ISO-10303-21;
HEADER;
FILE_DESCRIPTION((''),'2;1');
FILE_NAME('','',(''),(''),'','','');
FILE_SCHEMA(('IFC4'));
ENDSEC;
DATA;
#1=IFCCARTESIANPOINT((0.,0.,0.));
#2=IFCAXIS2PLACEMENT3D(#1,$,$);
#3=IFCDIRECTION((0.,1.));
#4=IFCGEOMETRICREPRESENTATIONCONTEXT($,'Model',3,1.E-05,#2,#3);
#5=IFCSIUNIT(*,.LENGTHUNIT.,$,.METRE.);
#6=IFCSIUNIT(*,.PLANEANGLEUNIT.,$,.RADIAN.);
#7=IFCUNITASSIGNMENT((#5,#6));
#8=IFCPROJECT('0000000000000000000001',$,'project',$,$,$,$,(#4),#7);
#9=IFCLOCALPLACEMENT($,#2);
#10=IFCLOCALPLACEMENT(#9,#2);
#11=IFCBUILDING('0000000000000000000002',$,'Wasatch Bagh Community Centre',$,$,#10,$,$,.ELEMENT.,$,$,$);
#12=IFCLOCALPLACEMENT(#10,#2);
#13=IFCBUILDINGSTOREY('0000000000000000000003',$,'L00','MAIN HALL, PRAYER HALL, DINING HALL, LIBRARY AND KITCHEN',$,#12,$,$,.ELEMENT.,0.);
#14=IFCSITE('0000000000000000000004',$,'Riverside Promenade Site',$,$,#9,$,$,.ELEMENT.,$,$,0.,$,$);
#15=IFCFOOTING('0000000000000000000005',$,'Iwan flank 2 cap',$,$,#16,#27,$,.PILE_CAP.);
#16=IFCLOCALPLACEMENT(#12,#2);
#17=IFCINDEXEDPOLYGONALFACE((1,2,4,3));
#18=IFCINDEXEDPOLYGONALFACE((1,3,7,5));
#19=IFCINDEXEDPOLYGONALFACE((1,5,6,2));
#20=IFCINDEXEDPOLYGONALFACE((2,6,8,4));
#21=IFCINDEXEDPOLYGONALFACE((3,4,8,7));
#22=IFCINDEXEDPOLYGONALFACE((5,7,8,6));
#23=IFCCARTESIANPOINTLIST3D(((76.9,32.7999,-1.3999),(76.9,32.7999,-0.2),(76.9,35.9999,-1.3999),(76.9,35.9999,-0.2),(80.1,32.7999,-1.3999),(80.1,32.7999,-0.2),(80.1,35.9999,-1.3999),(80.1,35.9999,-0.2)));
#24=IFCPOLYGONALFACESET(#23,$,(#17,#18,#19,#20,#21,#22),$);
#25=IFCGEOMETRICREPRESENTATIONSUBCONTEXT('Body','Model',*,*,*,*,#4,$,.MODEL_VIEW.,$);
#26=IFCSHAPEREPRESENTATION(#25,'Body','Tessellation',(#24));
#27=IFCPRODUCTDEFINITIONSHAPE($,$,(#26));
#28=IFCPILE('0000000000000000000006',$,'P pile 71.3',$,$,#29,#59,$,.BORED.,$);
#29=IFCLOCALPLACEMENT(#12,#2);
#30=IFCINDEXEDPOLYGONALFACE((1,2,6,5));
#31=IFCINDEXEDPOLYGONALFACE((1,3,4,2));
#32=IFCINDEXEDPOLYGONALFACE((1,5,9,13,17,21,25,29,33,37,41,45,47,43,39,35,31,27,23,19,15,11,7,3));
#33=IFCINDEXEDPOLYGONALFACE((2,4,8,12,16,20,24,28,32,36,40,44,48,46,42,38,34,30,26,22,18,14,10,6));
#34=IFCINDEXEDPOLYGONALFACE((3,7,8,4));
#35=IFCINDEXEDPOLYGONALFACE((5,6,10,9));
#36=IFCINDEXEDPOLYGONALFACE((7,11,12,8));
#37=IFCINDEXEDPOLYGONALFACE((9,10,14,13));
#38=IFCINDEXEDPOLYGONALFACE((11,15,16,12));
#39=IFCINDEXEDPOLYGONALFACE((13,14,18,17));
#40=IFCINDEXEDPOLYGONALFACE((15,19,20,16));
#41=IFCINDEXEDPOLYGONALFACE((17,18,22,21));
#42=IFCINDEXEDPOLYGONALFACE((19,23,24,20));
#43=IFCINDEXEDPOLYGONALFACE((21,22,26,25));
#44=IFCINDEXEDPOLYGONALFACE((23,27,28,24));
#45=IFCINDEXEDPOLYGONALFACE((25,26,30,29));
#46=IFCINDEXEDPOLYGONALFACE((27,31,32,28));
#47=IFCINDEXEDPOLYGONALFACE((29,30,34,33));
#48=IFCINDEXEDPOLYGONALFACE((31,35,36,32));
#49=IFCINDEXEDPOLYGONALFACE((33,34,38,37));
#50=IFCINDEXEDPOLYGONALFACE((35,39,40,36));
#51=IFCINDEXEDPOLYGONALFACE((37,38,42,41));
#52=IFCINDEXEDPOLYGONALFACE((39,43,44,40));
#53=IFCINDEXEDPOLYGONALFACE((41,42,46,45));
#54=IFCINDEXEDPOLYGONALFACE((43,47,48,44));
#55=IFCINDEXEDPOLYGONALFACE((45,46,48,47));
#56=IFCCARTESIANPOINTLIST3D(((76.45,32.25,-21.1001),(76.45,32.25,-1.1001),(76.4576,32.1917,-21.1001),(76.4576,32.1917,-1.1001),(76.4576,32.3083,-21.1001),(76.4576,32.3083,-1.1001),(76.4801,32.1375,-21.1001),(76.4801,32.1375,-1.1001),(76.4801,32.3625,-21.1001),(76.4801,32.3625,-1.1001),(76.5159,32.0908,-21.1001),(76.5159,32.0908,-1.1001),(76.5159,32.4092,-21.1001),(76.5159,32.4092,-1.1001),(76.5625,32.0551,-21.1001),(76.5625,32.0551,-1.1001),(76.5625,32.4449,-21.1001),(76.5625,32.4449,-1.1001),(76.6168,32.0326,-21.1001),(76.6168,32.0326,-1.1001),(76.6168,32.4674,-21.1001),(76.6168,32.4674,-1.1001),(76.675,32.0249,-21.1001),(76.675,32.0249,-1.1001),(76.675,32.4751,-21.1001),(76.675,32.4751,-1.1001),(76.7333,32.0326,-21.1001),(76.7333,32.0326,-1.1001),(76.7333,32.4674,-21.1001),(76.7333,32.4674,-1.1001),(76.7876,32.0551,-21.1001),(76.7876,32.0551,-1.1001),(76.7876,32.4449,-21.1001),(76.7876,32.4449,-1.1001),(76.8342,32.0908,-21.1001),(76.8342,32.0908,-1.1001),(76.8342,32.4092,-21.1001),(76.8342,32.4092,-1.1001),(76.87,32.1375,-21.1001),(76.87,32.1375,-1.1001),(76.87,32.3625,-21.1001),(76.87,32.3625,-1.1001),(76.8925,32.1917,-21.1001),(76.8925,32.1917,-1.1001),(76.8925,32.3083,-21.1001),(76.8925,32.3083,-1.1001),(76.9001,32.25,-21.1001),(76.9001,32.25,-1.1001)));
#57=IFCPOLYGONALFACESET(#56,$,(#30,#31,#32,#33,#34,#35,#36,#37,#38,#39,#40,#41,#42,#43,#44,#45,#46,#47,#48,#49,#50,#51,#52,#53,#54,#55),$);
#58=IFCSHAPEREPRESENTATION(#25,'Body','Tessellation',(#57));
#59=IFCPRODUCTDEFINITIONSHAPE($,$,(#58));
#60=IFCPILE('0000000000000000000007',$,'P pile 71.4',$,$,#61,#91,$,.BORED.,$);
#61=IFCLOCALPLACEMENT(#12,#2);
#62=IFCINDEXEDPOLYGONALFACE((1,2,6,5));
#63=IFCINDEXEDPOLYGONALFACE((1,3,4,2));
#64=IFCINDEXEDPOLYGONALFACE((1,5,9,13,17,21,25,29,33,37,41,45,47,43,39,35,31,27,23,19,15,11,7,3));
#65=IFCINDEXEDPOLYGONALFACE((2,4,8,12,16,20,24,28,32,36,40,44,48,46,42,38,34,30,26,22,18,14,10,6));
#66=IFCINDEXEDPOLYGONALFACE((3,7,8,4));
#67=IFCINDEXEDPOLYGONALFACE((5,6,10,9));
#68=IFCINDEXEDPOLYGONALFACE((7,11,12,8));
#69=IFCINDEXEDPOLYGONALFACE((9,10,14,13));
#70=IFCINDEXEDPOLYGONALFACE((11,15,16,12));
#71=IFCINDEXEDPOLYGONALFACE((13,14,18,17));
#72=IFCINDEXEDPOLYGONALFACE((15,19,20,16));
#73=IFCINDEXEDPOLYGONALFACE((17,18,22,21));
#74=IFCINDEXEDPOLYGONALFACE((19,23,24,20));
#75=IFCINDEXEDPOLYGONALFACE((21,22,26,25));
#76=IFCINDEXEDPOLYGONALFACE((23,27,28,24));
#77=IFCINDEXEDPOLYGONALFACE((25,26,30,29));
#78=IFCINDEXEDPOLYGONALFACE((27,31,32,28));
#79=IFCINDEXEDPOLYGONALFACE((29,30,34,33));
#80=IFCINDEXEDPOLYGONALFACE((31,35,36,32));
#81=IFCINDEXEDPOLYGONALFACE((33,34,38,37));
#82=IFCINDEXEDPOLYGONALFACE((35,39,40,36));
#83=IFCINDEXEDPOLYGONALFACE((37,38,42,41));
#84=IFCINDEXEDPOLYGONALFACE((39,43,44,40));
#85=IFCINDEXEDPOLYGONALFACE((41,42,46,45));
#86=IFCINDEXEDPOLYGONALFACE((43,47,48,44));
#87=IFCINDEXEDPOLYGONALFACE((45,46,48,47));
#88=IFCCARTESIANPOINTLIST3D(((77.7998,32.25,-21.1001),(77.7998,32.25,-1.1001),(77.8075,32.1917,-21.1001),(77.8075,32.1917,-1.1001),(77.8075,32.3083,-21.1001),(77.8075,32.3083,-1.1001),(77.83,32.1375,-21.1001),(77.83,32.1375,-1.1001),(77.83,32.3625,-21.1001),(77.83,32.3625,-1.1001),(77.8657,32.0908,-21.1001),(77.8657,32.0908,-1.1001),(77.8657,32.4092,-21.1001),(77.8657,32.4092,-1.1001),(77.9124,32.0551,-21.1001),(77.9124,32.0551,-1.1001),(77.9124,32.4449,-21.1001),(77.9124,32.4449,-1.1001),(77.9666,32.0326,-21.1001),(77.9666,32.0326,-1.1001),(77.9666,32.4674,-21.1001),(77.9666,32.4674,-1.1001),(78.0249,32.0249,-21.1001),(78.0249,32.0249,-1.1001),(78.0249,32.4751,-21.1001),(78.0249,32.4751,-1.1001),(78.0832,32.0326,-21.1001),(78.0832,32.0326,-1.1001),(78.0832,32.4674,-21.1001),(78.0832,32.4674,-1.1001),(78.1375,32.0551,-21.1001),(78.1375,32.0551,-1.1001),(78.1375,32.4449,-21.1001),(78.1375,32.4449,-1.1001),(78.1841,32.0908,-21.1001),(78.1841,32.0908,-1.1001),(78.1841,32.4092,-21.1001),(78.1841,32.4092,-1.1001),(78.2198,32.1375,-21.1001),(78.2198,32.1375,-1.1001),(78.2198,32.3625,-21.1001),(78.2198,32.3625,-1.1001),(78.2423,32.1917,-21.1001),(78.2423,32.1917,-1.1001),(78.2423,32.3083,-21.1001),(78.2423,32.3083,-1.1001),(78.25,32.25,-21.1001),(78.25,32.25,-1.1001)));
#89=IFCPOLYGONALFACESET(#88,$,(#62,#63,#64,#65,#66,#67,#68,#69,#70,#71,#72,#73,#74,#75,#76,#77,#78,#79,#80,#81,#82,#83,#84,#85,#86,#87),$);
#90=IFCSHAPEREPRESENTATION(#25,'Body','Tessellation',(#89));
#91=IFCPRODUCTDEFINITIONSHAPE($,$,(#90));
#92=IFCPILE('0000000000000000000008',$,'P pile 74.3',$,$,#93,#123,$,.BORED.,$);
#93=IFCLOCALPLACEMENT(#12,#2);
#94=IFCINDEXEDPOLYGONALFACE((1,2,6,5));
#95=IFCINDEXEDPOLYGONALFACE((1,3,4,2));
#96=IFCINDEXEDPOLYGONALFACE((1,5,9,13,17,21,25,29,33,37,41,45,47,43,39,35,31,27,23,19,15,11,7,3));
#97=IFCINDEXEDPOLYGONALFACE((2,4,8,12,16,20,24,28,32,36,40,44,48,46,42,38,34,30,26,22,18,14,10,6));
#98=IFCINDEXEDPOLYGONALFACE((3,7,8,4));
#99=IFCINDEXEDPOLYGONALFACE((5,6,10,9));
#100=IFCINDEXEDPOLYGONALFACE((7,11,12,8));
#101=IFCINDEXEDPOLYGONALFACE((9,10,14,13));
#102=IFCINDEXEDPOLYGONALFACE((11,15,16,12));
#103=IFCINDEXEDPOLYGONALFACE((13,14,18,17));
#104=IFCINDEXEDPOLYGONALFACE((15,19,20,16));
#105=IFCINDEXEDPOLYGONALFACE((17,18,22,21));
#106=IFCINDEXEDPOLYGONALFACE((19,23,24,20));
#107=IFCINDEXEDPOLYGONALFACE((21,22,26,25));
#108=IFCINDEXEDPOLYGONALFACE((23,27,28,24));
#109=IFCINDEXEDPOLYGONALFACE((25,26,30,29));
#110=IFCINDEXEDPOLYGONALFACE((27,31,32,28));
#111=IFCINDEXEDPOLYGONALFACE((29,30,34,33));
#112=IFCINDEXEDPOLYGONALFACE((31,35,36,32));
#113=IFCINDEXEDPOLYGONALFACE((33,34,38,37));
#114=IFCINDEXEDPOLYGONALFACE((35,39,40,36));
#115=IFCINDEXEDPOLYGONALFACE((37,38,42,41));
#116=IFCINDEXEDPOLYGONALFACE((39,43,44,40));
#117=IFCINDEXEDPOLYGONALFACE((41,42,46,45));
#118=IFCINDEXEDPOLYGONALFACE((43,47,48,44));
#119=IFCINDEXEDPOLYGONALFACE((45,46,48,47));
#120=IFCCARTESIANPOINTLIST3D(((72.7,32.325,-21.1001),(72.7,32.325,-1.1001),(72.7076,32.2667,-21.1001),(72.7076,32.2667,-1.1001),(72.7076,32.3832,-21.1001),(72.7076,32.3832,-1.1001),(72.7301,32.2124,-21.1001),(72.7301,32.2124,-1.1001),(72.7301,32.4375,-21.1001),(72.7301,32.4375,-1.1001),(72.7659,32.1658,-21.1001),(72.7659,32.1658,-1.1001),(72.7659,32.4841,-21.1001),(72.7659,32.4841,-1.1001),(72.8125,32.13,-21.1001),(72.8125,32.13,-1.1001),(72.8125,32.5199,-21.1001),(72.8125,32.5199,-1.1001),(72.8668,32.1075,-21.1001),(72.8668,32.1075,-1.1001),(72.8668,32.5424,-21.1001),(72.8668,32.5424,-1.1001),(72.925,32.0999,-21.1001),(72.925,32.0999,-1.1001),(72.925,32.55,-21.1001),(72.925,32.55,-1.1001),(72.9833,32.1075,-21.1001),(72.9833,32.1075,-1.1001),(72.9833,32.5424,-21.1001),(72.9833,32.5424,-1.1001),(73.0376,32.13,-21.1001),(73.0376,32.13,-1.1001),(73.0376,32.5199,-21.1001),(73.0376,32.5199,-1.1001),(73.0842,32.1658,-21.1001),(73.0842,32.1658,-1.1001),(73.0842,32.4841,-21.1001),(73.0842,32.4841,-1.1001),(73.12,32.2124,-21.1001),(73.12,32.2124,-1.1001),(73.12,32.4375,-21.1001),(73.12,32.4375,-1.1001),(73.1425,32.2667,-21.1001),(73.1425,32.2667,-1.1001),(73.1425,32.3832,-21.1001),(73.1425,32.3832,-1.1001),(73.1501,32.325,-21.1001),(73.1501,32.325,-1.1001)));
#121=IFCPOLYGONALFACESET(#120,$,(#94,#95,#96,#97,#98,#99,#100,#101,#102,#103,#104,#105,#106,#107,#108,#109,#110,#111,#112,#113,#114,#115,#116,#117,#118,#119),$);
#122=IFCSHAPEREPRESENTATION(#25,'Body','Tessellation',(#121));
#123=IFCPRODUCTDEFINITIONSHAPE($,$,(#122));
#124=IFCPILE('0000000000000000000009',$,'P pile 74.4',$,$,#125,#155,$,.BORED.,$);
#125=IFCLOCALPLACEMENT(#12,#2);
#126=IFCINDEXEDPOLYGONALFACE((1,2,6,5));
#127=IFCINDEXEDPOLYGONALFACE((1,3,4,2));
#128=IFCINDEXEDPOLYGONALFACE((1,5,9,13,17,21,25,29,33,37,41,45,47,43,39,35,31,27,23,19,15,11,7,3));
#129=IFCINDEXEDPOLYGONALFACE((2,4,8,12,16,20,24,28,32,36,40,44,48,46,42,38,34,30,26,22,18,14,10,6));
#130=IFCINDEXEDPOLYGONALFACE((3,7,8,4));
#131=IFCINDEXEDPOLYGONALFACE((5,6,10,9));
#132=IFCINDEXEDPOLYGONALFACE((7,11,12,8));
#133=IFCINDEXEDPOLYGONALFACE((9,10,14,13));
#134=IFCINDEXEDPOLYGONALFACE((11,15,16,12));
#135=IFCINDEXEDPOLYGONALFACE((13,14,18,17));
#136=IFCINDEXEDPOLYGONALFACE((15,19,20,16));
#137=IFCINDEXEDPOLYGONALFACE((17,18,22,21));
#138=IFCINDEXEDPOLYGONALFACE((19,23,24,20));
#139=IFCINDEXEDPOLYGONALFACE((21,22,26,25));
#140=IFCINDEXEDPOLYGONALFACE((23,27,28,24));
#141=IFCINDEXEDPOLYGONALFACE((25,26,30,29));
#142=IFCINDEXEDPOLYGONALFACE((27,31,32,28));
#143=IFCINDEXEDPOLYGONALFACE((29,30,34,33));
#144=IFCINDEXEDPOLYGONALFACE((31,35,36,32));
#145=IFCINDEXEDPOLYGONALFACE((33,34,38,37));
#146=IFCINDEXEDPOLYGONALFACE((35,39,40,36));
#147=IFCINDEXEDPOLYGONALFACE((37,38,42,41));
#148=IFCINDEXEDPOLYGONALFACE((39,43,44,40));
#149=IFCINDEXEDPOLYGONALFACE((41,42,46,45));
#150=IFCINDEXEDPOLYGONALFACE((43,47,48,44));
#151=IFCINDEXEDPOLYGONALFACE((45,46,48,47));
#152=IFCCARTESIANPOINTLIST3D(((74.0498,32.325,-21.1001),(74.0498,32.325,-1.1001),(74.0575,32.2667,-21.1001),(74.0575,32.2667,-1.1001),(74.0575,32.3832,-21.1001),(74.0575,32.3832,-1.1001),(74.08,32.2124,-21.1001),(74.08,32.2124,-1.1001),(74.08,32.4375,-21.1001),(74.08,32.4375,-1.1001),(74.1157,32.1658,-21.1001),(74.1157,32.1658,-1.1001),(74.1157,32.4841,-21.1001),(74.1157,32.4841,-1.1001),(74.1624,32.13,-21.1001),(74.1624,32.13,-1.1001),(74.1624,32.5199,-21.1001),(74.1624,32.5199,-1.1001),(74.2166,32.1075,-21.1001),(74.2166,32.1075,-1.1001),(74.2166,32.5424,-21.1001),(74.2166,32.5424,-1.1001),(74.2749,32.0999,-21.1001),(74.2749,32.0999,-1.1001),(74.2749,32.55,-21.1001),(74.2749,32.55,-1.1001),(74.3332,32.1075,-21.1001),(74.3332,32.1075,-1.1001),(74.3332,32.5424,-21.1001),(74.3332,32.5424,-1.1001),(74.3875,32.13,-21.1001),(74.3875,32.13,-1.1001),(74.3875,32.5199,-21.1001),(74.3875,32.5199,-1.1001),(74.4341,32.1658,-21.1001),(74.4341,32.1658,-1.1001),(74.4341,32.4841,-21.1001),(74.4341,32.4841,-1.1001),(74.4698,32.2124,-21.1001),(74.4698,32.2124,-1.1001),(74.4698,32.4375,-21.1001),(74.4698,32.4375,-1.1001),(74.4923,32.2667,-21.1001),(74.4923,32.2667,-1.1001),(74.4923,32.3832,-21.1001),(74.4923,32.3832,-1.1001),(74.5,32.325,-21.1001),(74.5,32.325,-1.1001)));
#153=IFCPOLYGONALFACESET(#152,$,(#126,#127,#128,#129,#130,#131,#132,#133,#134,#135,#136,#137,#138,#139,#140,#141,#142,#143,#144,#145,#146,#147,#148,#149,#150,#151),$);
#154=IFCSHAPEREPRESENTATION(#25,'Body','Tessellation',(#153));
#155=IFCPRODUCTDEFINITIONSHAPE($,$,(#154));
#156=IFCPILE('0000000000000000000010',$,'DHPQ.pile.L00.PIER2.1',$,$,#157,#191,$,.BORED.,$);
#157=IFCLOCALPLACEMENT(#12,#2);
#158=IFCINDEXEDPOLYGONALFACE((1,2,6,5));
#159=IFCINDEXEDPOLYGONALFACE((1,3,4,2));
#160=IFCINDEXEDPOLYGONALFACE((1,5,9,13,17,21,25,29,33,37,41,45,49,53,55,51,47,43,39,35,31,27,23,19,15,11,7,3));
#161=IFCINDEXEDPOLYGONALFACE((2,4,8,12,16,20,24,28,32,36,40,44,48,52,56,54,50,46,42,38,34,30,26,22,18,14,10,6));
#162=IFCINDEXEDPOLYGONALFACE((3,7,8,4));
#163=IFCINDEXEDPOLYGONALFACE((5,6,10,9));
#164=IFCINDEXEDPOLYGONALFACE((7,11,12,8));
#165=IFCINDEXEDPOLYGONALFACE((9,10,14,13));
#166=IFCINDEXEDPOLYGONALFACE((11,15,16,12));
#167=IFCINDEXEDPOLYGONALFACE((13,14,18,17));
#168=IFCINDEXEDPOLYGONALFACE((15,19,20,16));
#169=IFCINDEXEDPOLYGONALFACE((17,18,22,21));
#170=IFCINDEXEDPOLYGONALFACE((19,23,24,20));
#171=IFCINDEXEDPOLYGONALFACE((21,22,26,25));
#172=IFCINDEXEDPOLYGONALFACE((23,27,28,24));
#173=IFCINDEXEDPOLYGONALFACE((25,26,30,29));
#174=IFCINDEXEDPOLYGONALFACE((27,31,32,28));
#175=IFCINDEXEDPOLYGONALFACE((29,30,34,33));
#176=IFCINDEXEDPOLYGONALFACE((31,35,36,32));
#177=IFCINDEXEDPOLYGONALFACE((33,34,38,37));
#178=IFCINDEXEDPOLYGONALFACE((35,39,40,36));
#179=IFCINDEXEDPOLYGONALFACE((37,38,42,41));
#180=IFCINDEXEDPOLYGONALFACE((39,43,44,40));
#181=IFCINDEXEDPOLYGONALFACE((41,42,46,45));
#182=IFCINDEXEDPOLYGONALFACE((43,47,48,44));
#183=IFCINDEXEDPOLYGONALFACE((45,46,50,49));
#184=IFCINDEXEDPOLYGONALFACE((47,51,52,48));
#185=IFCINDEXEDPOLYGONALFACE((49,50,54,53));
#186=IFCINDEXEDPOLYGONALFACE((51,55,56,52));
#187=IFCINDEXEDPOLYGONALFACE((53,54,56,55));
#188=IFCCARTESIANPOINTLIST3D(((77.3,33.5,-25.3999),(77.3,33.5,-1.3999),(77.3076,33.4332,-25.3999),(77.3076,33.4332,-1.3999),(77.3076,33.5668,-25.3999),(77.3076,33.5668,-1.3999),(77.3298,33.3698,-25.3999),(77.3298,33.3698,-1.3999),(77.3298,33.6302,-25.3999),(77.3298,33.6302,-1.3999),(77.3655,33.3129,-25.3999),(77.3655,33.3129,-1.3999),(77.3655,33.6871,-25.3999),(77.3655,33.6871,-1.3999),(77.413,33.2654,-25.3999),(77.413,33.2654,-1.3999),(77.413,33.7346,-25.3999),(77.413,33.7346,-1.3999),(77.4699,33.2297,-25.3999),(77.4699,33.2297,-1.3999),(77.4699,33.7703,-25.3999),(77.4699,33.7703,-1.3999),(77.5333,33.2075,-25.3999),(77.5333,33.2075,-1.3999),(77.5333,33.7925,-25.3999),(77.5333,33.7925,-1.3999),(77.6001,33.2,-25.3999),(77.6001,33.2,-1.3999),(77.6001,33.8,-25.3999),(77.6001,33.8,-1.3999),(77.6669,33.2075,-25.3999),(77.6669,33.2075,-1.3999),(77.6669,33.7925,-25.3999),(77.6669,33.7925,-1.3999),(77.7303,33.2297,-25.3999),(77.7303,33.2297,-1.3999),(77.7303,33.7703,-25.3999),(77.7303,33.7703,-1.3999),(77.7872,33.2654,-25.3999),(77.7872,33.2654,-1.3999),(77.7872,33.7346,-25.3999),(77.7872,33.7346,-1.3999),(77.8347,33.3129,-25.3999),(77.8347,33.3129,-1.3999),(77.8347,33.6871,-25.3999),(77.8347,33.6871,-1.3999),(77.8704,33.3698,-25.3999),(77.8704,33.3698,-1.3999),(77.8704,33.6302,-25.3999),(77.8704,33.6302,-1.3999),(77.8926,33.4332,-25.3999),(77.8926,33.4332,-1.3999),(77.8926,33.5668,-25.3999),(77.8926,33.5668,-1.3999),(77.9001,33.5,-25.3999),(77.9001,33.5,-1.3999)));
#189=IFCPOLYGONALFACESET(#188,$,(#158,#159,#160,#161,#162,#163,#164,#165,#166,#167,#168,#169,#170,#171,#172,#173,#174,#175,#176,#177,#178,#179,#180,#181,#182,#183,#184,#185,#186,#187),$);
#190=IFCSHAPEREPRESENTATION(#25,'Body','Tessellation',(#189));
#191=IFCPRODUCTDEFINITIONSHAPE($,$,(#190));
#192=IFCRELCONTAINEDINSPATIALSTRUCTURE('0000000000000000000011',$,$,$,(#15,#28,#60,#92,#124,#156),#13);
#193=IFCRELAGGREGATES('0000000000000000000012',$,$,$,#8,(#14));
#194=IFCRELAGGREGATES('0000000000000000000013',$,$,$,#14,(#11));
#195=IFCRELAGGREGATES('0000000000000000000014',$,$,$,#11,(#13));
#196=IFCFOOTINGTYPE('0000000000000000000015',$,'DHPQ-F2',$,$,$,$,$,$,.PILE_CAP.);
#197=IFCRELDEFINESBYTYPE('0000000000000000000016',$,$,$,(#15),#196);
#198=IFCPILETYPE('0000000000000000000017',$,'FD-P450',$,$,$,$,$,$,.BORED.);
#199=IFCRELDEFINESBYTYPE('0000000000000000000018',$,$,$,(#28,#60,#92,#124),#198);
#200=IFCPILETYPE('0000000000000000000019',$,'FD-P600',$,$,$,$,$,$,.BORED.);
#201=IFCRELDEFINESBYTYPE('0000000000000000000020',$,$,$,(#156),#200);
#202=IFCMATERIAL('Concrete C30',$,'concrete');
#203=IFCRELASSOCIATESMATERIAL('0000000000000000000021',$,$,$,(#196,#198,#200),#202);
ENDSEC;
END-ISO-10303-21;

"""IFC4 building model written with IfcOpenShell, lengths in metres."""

from ifc_helpers import new_model, si_unit, direction, frame, origin, origin_2d, place, context, subcontext, project, spatial, rectangle, circle, extrude, material, material_profile, profile_set, type_object, element, save


model = new_model("IFC4")

# Units and contexts
model_context = context("Model", 3, precision=1e-05, world=origin(), true_north=direction((0.0, 1.0)))
body_context = subcontext(model_context, "Body", "Model", "MODEL_VIEW")
ifc_project = project(units=[si_unit("LENGTHUNIT", "METRE"), si_unit("PLANEANGLEUNIT", "RADIAN")], contexts=[model_context])

# Site, building, storey
site_placement = place(None, origin())
site = spatial("IfcSite", under=ifc_project, at=site_placement, Name="Riverside Promenade Site", CompositionType="ELEMENT", RefElevation=0.0)
building_placement = place(site_placement, origin())
building = spatial("IfcBuilding", under=site, at=building_placement, Name="Wasatch Bagh Community Centre", CompositionType="ELEMENT")
storey_placement = place(building_placement, origin())
storey = spatial("IfcBuildingStorey", under=building, at=storey_placement, Name="L00", Description="MAIN HALL, PRAYER HALL, DINING HALL, LIBRARY AND KITCHEN", CompositionType="ELEMENT", Elevation=0.0)

# Footing
ifc_material_1 = material(Name="Concrete C30", Category="concrete")
footing_type = type_object("IfcFootingType", Name="DHPQ-F2", PredefinedType="PILE_CAP", material=ifc_material_1)
footing_placement = place(storey_placement, frame((78.5, 34.3999, -1.3999), z_axis=(0.0, 0.0, 1.0), x_axis=(0.0, 1.0, 0.0)))
element("IfcFooting", 1, at=footing_placement, inside=storey, type_object=footing_type, Name="Iwan flank 2 cap", PredefinedType="PILE_CAP", context=body_context, shape_type="SweptSolid", body=[
    extrude(rectangle(XDim=3.2, YDim=3.2, at=origin_2d()), origin(), (0.0, 0.0, 1.0), 1.2),
])

# Piles
ifc_material_profile_1 = material_profile(ifc_material_1, circle(Radius=0.2251, at=origin_2d()), Name="RC D450")
ifc_profile_set_1 = profile_set([ifc_material_profile_1], Name="Concrete C30")
pile_type_1 = type_object("IfcPileType", Name="FD-P450", PredefinedType="BORED", material=ifc_profile_set_1)
for number, where, z_axis, x_axis, name in (
    (2, (76.675, 32.25, -1.1001), (0.0, 0.0, -1.0), (1.0, 0.0, 0.0), "P pile 71.3"),
    (3, (78.0249, 32.25, -1.1001), (0.0, 0.0, -1.0), (1.0, 0.0, 0.0), "P pile 71.4"),
    (4, (72.925, 32.325, -1.1001), (0.0, 0.0, -1.0), (1.0, 0.0, 0.0), "P pile 74.3"),
    (5, (74.2749, 32.325, -1.1001), (0.0, 0.0, -1.0), (1.0, 0.0, 0.0), "P pile 74.4"),
):
    element("IfcPile", number, at=place(storey_placement, frame(where, z_axis=z_axis, x_axis=x_axis)), inside=storey, type_object=pile_type_1, Name=name, PredefinedType="BORED", context=body_context, shape_type="SweptSolid", body=[
        extrude(circle(Radius=0.2251, at=origin_2d()), origin(), (0.0, 0.0, 1.0), 20.0),
    ])
ifc_material_profile_2 = material_profile(ifc_material_1, circle(Radius=0.3, at=origin_2d()), Name="RC D600")
ifc_profile_set_2 = profile_set([ifc_material_profile_2], Name="Concrete C30")
pile_type_2 = type_object("IfcPileType", Name="FD-P600", PredefinedType="BORED", material=ifc_profile_set_2)
for number, where, z_axis, x_axis, name in (
    (6, (77.6001, 33.5, -1.3999), (0.0, 0.0, -1.0), (1.0, 0.0, 0.0), "DHPQ.pile.L00.PIER2.1"),
):
    element("IfcPile", number, at=place(storey_placement, frame(where, z_axis=z_axis, x_axis=x_axis)), inside=storey, type_object=pile_type_2, Name=name, PredefinedType="BORED", context=body_context, shape_type="SweptSolid", body=[
        extrude(circle(Radius=0.3, at=origin_2d()), origin(), (0.0, 0.0, 1.0), 24.0),
    ])

save(model, "model.ifc")
